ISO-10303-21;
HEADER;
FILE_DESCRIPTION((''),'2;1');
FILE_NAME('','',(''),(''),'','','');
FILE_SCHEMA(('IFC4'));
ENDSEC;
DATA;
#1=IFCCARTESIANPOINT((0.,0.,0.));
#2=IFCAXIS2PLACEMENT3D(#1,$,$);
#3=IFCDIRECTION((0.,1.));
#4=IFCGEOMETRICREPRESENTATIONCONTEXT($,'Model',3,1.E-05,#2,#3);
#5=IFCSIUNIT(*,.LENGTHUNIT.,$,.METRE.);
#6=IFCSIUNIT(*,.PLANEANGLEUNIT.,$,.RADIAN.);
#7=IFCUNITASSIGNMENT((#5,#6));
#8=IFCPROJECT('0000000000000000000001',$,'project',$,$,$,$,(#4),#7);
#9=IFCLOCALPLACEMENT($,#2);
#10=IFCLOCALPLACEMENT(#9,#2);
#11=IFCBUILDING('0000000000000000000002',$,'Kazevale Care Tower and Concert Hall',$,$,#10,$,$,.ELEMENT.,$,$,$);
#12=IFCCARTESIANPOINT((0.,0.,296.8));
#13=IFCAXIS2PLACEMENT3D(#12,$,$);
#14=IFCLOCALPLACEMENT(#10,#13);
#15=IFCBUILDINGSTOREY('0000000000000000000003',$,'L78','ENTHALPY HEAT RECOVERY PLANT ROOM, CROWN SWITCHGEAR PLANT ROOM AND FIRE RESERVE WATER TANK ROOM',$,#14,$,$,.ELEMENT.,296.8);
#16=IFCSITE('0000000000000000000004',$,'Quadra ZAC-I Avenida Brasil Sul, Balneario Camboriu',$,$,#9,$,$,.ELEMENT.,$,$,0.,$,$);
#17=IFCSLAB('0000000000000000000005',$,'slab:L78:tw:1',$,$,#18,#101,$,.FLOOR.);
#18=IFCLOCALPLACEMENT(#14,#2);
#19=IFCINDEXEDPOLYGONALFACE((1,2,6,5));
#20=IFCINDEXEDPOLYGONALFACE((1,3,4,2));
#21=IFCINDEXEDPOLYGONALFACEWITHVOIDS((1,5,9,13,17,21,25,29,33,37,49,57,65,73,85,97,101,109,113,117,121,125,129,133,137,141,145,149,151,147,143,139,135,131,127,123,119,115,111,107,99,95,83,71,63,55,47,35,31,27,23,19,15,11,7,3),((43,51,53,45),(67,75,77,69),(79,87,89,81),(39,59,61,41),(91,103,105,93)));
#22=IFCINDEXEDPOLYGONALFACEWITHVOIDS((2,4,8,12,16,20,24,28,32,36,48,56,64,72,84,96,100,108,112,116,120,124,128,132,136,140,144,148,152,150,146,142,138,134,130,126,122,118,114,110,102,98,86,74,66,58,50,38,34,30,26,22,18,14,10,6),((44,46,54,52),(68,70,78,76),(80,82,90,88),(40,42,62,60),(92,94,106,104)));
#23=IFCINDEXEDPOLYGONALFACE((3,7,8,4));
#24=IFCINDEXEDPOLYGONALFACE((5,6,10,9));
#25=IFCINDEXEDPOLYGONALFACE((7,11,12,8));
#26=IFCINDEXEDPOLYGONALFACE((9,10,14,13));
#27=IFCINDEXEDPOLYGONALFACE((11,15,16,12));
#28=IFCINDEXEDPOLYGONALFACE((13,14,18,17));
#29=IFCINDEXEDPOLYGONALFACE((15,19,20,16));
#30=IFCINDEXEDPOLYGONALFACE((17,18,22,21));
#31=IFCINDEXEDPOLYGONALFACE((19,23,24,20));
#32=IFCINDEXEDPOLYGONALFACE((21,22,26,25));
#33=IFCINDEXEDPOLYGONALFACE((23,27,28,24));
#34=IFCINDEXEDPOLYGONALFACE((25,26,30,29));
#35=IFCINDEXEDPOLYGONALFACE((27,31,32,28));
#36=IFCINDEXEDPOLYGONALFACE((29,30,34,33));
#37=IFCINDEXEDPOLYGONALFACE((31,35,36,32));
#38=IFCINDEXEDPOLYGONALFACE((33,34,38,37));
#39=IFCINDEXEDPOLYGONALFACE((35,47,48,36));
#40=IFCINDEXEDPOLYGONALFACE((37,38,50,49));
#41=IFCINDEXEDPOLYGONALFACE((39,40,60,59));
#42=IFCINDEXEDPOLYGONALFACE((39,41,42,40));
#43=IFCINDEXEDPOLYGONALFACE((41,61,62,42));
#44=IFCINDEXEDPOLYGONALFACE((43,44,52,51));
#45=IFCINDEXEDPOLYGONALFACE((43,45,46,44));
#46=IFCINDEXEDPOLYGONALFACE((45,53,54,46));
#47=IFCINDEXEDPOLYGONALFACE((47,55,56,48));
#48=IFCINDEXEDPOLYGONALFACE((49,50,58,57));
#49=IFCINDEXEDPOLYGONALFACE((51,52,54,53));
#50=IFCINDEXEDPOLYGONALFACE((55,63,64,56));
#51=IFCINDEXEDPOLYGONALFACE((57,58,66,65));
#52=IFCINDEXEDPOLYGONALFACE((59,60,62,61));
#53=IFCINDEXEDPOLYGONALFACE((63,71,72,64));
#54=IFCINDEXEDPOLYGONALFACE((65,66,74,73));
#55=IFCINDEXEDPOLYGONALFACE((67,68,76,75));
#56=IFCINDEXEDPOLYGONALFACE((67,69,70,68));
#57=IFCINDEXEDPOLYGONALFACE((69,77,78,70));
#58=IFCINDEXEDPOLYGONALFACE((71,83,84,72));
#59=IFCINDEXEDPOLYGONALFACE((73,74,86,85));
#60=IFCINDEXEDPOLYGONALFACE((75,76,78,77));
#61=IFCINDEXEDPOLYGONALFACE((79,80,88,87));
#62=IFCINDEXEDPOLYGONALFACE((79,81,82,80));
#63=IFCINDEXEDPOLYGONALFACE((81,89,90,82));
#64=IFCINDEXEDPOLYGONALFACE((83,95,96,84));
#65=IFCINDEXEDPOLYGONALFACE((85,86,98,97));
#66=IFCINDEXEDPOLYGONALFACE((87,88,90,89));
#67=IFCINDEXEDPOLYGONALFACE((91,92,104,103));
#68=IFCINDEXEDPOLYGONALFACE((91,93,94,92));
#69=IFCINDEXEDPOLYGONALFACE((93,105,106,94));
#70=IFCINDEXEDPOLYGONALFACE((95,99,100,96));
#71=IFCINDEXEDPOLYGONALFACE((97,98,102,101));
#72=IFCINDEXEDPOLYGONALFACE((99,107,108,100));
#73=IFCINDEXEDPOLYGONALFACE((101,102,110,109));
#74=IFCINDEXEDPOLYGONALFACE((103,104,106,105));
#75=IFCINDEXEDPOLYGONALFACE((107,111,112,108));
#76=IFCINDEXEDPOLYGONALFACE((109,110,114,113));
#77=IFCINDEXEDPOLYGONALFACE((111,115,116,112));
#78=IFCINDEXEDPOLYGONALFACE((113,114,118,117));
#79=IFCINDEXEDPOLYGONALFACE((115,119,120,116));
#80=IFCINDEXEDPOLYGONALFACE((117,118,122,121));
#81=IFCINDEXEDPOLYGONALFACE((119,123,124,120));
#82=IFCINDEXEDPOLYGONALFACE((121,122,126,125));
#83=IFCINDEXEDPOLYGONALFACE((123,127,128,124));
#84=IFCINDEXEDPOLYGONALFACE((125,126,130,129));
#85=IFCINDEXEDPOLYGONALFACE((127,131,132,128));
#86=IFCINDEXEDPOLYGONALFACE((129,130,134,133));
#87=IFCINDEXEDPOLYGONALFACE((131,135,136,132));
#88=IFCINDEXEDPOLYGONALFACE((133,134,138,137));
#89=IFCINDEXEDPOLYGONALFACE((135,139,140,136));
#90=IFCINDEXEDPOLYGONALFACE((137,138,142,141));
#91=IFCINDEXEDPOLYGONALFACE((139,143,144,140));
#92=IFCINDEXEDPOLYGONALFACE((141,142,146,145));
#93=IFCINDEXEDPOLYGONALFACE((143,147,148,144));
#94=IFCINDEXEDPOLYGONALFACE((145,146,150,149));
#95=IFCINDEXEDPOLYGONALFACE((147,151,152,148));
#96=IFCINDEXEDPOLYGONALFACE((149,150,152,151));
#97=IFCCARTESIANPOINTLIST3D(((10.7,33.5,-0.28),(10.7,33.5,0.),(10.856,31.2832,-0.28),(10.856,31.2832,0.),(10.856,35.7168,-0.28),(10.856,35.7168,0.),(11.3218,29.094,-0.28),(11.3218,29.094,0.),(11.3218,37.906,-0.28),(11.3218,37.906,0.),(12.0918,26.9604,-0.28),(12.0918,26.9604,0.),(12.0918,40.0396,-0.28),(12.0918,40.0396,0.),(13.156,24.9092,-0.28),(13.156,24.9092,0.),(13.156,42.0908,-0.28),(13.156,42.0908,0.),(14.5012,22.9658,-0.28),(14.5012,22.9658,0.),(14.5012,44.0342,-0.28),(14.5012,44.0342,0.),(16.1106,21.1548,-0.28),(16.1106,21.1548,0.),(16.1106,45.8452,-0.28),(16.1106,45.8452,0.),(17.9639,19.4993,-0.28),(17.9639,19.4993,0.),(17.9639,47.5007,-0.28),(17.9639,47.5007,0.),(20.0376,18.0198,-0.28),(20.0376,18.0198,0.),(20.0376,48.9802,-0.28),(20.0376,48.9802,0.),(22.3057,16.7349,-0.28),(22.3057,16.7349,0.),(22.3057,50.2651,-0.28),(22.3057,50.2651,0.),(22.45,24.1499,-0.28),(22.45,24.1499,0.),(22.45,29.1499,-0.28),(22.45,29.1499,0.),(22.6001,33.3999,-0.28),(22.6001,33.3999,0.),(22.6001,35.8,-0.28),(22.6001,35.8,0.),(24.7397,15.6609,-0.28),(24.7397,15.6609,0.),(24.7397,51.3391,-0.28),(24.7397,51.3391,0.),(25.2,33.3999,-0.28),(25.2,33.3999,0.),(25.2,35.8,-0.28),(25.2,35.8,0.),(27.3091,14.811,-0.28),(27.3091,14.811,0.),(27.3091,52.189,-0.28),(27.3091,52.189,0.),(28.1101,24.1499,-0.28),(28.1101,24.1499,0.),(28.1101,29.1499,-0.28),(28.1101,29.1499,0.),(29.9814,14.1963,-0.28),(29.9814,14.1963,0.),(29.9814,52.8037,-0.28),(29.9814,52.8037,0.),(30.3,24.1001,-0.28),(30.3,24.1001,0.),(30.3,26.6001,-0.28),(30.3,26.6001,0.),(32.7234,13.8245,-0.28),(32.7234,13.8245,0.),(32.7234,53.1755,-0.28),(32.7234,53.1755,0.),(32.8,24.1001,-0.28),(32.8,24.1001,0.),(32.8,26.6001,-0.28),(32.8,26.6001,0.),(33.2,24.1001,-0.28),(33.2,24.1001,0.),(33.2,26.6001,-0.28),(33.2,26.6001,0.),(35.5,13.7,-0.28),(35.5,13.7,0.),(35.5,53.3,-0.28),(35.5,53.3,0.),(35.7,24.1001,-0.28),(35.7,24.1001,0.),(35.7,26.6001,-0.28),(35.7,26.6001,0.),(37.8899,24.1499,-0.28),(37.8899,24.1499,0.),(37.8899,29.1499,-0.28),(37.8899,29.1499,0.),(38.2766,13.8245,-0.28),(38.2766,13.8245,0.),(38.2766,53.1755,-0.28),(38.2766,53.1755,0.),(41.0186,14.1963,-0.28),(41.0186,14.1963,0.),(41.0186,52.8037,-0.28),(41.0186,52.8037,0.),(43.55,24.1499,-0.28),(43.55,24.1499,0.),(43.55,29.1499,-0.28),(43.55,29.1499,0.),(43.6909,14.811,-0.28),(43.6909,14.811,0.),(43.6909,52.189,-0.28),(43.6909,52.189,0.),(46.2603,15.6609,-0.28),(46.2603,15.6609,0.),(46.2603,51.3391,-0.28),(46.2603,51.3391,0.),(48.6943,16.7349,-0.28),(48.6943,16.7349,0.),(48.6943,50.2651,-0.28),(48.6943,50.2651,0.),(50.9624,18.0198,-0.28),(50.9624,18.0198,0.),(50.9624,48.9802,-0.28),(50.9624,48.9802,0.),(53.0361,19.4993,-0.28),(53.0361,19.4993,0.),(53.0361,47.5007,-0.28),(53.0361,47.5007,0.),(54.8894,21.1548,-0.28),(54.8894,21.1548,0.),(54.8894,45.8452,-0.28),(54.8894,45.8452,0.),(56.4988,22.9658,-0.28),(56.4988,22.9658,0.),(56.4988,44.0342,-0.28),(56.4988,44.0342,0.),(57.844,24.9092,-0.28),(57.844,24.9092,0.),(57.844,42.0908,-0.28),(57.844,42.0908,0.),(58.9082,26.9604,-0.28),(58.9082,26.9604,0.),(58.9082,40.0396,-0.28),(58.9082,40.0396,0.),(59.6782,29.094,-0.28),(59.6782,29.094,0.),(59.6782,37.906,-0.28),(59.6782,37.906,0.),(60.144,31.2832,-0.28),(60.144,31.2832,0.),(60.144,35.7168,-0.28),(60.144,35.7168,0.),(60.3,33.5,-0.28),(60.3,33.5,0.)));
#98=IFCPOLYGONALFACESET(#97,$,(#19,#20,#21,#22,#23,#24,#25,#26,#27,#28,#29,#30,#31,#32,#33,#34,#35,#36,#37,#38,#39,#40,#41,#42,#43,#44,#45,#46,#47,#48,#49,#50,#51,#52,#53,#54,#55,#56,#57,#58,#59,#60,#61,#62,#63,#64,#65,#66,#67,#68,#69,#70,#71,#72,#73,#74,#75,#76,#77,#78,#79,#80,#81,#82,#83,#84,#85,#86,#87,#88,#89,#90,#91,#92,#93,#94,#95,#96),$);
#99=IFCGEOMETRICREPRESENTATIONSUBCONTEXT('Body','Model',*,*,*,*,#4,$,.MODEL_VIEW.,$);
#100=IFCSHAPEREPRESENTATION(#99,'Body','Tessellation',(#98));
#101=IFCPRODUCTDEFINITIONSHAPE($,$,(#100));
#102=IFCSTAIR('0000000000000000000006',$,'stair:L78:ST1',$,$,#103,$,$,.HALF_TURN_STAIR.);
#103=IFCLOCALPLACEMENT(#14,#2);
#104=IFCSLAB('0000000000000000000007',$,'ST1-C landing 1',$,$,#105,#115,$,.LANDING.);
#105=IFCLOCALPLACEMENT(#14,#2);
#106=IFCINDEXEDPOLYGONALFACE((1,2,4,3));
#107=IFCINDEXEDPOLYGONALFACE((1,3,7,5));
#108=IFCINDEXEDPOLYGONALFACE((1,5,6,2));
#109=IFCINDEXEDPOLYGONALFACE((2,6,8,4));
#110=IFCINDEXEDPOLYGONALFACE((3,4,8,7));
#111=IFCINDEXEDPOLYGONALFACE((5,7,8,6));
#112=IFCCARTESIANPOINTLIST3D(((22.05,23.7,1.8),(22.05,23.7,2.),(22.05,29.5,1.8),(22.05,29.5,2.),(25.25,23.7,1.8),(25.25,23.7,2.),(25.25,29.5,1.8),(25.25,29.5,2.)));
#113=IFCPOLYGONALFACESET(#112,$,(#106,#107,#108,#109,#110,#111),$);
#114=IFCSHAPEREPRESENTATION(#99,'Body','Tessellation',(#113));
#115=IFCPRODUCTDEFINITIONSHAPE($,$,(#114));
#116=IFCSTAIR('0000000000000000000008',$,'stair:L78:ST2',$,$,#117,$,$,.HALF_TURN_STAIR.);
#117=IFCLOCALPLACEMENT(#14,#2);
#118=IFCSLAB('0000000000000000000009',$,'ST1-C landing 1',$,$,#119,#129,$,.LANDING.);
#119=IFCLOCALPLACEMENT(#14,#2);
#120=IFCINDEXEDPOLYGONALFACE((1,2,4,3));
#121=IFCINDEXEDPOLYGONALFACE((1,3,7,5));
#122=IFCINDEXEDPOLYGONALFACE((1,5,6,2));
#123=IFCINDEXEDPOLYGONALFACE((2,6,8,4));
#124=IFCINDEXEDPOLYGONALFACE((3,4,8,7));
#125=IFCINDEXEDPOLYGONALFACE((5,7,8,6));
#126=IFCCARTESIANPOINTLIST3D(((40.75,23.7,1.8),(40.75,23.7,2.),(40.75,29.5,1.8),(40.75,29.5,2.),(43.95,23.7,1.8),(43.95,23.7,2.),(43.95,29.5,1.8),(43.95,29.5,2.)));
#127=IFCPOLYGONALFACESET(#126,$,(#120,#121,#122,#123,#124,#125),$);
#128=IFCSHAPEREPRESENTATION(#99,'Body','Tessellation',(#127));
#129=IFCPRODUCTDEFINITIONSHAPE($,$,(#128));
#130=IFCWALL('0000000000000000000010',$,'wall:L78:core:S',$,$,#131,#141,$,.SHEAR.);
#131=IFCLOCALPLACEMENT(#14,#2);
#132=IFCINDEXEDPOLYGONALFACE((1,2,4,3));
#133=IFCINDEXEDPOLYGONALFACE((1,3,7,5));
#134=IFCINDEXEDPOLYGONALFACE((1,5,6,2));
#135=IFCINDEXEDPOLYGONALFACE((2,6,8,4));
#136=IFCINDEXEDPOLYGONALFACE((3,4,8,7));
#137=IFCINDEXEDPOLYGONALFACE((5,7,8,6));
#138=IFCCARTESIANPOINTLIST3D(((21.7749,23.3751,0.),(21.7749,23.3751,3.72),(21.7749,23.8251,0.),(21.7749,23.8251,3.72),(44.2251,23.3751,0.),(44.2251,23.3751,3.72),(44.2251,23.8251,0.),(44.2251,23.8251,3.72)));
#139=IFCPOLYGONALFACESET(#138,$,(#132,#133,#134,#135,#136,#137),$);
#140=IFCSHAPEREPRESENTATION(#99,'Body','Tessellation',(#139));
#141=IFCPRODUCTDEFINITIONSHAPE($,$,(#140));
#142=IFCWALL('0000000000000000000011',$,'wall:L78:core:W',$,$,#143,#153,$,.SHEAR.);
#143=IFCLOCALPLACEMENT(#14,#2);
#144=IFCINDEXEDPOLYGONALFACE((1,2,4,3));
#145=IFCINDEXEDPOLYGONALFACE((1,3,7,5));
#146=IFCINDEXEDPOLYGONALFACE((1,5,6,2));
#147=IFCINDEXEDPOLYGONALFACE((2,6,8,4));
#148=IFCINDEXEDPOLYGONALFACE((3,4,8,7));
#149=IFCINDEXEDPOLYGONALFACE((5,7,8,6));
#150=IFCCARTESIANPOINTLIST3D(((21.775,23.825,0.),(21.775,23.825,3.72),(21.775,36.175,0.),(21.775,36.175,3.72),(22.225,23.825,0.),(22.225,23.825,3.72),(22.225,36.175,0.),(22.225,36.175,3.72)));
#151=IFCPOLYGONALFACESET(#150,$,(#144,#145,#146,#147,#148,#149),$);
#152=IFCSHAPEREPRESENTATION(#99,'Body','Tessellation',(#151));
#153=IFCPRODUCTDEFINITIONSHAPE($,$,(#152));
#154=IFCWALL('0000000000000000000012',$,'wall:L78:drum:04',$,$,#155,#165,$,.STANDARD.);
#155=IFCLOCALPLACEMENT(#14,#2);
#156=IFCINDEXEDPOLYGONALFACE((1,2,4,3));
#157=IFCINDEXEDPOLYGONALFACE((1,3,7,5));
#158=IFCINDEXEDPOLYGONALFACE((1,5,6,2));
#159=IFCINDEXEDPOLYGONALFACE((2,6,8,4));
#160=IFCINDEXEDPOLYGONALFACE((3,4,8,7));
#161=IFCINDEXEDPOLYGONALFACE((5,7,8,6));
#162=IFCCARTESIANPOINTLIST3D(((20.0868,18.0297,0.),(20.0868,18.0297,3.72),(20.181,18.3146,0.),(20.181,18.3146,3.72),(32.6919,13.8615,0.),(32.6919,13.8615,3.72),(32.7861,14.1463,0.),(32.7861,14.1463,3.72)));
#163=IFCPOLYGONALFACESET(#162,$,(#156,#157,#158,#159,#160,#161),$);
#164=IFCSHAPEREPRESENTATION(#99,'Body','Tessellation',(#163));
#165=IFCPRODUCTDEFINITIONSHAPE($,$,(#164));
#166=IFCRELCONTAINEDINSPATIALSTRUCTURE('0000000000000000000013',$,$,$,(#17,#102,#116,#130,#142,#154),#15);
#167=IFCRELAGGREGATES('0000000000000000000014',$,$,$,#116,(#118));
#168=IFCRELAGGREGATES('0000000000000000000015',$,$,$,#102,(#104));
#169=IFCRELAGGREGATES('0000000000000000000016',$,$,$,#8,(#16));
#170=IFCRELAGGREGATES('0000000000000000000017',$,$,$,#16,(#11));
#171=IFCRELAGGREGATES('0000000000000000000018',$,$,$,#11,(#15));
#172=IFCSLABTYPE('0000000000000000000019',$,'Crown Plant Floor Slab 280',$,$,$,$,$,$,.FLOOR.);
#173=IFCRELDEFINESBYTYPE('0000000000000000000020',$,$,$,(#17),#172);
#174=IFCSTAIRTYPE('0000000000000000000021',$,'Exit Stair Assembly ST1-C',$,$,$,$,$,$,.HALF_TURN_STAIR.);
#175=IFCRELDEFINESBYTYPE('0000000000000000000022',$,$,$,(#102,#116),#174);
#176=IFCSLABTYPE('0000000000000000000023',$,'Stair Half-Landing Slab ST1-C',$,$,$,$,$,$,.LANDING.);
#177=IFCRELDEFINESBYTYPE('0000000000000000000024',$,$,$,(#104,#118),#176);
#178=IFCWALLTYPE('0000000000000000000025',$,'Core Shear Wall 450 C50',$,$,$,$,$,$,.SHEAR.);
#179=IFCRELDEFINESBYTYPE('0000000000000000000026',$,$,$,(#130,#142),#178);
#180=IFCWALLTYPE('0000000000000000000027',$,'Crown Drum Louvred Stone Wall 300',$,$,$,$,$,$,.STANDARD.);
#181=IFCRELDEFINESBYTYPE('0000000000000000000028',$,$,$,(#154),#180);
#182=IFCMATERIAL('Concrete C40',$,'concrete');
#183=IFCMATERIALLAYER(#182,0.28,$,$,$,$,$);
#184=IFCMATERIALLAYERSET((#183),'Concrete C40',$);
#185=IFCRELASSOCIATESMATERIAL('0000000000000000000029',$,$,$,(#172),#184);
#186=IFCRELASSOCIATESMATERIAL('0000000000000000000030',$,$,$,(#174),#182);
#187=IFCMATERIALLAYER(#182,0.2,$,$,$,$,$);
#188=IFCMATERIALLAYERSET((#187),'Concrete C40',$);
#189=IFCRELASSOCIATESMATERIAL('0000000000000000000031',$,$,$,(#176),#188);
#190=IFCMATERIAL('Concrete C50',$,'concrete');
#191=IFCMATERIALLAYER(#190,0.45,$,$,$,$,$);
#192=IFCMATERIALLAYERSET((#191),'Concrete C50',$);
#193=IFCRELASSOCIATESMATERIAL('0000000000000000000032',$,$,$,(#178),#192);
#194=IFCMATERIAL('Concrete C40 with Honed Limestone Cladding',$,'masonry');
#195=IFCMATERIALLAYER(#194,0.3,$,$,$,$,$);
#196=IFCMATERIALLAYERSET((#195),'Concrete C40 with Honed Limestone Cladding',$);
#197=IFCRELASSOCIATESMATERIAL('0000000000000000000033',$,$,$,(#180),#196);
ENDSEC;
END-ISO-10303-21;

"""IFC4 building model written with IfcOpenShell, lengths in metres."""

from ifc_helpers import new_model, si_unit, direction, frame, frame_2d, origin, place, context, subcontext, project, spatial, polyline, rectangle, outline, extrude, material, layer, layer_set, type_object, element, aggregate, save


model = new_model("IFC4")

# Units and contexts
model_context = context("Model", 3, precision=1e-05, world=origin(), true_north=direction((0.0, 1.0)))
body_context = subcontext(model_context, "Body", "Model", "MODEL_VIEW")
ifc_project = project(units=[si_unit("LENGTHUNIT", "METRE"), si_unit("PLANEANGLEUNIT", "RADIAN")], contexts=[model_context])

# Site, building, storey
site_placement = place(None, origin())
site = spatial("IfcSite", under=ifc_project, at=site_placement, Name="Quadra ZAC-I Avenida Brasil Sul, Balneario Camboriu", CompositionType="ELEMENT", RefElevation=0.0)
building_placement = place(site_placement, origin())
building = spatial("IfcBuilding", under=site, at=building_placement, Name="Kazevale Care Tower and Concert Hall", CompositionType="ELEMENT")
storey_placement = place(building_placement, frame((0.0, 0.0, 296.8)))
storey = spatial("IfcBuildingStorey", under=building, at=storey_placement, Name="L78", Description="ENTHALPY HEAT RECOVERY PLANT ROOM, CROWN SWITCHGEAR PLANT ROOM AND FIRE RESERVE WATER TANK ROOM", CompositionType="ELEMENT", Elevation=296.8)

# Shared definitions
ifc_material_1 = material(Name="Concrete C50", Category="concrete")

# Slab
ifc_material_2 = material(Name="Concrete C40", Category="concrete")
ifc_layer_1 = layer(ifc_material_2, 0.28)
ifc_layer_set_1 = layer_set([ifc_layer_1], Name="Concrete C40")
slab_type_1 = type_object("IfcSlabType", Name="Crown Plant Floor Slab 280", PredefinedType="FLOOR", material=ifc_layer_set_1)
slab_1_placement = place(storey_placement, frame((0.0, 0.0, -0.28)))
element("IfcSlab", 1, at=slab_1_placement, inside=storey, type_object=slab_type_1, Name="slab:L78:tw:1", PredefinedType="FLOOR", context=body_context, shape_type="SweptSolid", body=[
    extrude(outline(polyline([(60.3, 33.5), (60.144, 35.7168), (59.6782, 37.906), (58.9082, 40.0396), (57.844, 42.0908), (56.4988, 44.0342), (54.8894, 45.8452), (53.0361, 47.5007), (50.9624, 48.9802), (48.6943, 50.2651), (46.2603, 51.3391), (43.6909, 52.189), (41.0186, 52.8037), (38.2766, 53.1755), (35.5, 53.3), (32.7234, 53.1755), (29.9814, 52.8037), (27.3091, 52.189), (24.7397, 51.3391), (22.3057, 50.2651), (20.0376, 48.9802), (17.9639, 47.5007), (16.1106, 45.8452), (14.5012, 44.0342), (13.156, 42.0908), (12.0918, 40.0396), (11.3218, 37.906), (10.856, 35.7168), (10.7, 33.5), (10.856, 31.2832), (11.3218, 29.094), (12.0918, 26.9604), (13.156, 24.9092), (14.5012, 22.9658), (16.1106, 21.1548), (17.9639, 19.4993), (20.0376, 18.0198), (22.3057, 16.7349), (24.7397, 15.6609), (27.3091, 14.811), (29.9814, 14.1963), (32.7234, 13.8245), (35.5, 13.7), (38.2766, 13.8245), (41.0186, 14.1963), (43.6909, 14.811), (46.2603, 15.6609), (48.6943, 16.7349), (50.9624, 18.0198), (53.0361, 19.4993), (54.8894, 21.1548), (56.4988, 22.9658), (57.844, 24.9092), (58.9082, 26.9604), (59.6782, 29.094), (60.144, 31.2832), (60.3, 33.5)]), holes=[polyline([(22.45, 24.1499), (28.1101, 24.1499), (28.1101, 29.1499), (22.45, 29.1499), (22.45, 24.1499)]), polyline([(37.8899, 24.1499), (43.55, 24.1499), (43.55, 29.1499), (37.8899, 29.1499), (37.8899, 24.1499)]), polyline([(30.3, 24.1001), (32.8, 24.1001), (32.8, 26.6001), (30.3, 26.6001), (30.3, 24.1001)]), polyline([(33.2, 24.1001), (35.7, 24.1001), (35.7, 26.6001), (33.2, 26.6001), (33.2, 24.1001)]), polyline([(22.6001, 33.3999), (25.2, 33.3999), (25.2, 35.8), (22.6001, 35.8), (22.6001, 33.3999)])]), origin(), (0.0, 0.0, 1.0), 0.28),
])

# Stairs, slabs
stair_type = type_object("IfcStairType", Name="Exit Stair Assembly ST1-C", PredefinedType="HALF_TURN_STAIR", material=ifc_material_2)
stair_1_placement = place(storey_placement, origin())
stair_1 = element("IfcStair", 2, at=stair_1_placement, inside=storey, type_object=stair_type, Name="stair:L78:ST1", PredefinedType="HALF_TURN_STAIR")
ifc_layer_2 = layer(ifc_material_2, 0.2)
ifc_layer_set_2 = layer_set([ifc_layer_2], Name="Concrete C40")
slab_type_2 = type_object("IfcSlabType", Name="Stair Half-Landing Slab ST1-C", PredefinedType="LANDING", material=ifc_layer_set_2)
slab_2_placement = place(storey_placement, frame((0.0, 0.0, 1.8)))
slab_2 = element("IfcSlab", 3, at=slab_2_placement, type_object=slab_type_2, Name="ST1-C landing 1", PredefinedType="LANDING", context=body_context, shape_type="SweptSolid", body=[
    extrude(outline(polyline([(22.05, 23.7), (25.25, 23.7), (25.25, 29.5), (22.05, 29.5), (22.05, 23.7)])), origin(), (0.0, 0.0, 1.0), 0.2),
])
stair_2_placement = place(storey_placement, origin())
stair_2 = element("IfcStair", 4, at=stair_2_placement, inside=storey, type_object=stair_type, Name="stair:L78:ST2", PredefinedType="HALF_TURN_STAIR")
slab_3_placement = place(storey_placement, frame((0.0, 0.0, 1.8)))
slab_3 = element("IfcSlab", 5, at=slab_3_placement, type_object=slab_type_2, Name="ST1-C landing 1", PredefinedType="LANDING", context=body_context, shape_type="SweptSolid", body=[
    extrude(outline(polyline([(40.75, 23.7), (43.95, 23.7), (43.95, 29.5), (40.75, 29.5), (40.75, 23.7)])), origin(), (0.0, 0.0, 1.0), 0.2),
])
aggregate(stair_2, [slab_3])

# Walls
ifc_layer_3 = layer(ifc_material_1, 0.45)
ifc_layer_set_3 = layer_set([ifc_layer_3], Name="Concrete C50")
wall_type_1 = type_object("IfcWallType", Name="Core Shear Wall 450 C50", PredefinedType="SHEAR", material=ifc_layer_set_3)
wall_1_placement = place(storey_placement, frame((21.7749, 23.6001, 0.0), z_axis=(0.0, 0.0, 1.0), x_axis=(1.0, 0.0, 0.0)))
element("IfcWall", 6, at=wall_1_placement, inside=storey, type_object=wall_type_1, Name="wall:L78:core:S", PredefinedType="SHEAR", context=body_context, shape_type="SweptSolid", body=[
    extrude(rectangle(XDim=22.4502, YDim=0.45, at=frame_2d((11.2251, 0.0))), origin(), (0.0, 0.0, 1.0), 3.72),
])
wall_2_placement = place(storey_placement, frame((22.0, 23.825, 0.0), z_axis=(0.0, 0.0, 1.0), x_axis=(0.0, 1.0, 0.0)))
element("IfcWall", 7, at=wall_2_placement, inside=storey, type_object=wall_type_1, Name="wall:L78:core:W", PredefinedType="SHEAR", context=body_context, shape_type="SweptSolid", body=[
    extrude(rectangle(XDim=12.3501, YDim=0.45, at=frame_2d((6.175, 0.0))), origin(), (0.0, 0.0, 1.0), 3.72),
])
ifc_material_3 = material(Name="Concrete C40 with Honed Limestone Cladding", Category="masonry")
ifc_layer_4 = layer(ifc_material_3, 0.3)
ifc_layer_set_4 = layer_set([ifc_layer_4], Name="Concrete C40 with Honed Limestone Cladding")
wall_type_2 = type_object("IfcWallType", Name="Crown Drum Louvred Stone Wall 300", PredefinedType="STANDARD", material=ifc_layer_set_4)
wall_3_placement = place(storey_placement, frame((32.739, 14.0039, 0.0), z_axis=(0.0, 0.0, 1.0), x_axis=(-0.949436, 0.313959, 0.0)))
element("IfcWall", 8, at=wall_3_placement, inside=storey, type_object=wall_type_2, Name="wall:L78:drum:04", PredefinedType="STANDARD", context=body_context, shape_type="SweptSolid", body=[
    extrude(rectangle(XDim=13.2764, YDim=0.3, at=frame_2d((6.6382, 0.0))), origin(), (0.0, 0.0, 1.0), 3.72),
])

aggregate(stair_1, [slab_2])

save(model, "model.ifc")
